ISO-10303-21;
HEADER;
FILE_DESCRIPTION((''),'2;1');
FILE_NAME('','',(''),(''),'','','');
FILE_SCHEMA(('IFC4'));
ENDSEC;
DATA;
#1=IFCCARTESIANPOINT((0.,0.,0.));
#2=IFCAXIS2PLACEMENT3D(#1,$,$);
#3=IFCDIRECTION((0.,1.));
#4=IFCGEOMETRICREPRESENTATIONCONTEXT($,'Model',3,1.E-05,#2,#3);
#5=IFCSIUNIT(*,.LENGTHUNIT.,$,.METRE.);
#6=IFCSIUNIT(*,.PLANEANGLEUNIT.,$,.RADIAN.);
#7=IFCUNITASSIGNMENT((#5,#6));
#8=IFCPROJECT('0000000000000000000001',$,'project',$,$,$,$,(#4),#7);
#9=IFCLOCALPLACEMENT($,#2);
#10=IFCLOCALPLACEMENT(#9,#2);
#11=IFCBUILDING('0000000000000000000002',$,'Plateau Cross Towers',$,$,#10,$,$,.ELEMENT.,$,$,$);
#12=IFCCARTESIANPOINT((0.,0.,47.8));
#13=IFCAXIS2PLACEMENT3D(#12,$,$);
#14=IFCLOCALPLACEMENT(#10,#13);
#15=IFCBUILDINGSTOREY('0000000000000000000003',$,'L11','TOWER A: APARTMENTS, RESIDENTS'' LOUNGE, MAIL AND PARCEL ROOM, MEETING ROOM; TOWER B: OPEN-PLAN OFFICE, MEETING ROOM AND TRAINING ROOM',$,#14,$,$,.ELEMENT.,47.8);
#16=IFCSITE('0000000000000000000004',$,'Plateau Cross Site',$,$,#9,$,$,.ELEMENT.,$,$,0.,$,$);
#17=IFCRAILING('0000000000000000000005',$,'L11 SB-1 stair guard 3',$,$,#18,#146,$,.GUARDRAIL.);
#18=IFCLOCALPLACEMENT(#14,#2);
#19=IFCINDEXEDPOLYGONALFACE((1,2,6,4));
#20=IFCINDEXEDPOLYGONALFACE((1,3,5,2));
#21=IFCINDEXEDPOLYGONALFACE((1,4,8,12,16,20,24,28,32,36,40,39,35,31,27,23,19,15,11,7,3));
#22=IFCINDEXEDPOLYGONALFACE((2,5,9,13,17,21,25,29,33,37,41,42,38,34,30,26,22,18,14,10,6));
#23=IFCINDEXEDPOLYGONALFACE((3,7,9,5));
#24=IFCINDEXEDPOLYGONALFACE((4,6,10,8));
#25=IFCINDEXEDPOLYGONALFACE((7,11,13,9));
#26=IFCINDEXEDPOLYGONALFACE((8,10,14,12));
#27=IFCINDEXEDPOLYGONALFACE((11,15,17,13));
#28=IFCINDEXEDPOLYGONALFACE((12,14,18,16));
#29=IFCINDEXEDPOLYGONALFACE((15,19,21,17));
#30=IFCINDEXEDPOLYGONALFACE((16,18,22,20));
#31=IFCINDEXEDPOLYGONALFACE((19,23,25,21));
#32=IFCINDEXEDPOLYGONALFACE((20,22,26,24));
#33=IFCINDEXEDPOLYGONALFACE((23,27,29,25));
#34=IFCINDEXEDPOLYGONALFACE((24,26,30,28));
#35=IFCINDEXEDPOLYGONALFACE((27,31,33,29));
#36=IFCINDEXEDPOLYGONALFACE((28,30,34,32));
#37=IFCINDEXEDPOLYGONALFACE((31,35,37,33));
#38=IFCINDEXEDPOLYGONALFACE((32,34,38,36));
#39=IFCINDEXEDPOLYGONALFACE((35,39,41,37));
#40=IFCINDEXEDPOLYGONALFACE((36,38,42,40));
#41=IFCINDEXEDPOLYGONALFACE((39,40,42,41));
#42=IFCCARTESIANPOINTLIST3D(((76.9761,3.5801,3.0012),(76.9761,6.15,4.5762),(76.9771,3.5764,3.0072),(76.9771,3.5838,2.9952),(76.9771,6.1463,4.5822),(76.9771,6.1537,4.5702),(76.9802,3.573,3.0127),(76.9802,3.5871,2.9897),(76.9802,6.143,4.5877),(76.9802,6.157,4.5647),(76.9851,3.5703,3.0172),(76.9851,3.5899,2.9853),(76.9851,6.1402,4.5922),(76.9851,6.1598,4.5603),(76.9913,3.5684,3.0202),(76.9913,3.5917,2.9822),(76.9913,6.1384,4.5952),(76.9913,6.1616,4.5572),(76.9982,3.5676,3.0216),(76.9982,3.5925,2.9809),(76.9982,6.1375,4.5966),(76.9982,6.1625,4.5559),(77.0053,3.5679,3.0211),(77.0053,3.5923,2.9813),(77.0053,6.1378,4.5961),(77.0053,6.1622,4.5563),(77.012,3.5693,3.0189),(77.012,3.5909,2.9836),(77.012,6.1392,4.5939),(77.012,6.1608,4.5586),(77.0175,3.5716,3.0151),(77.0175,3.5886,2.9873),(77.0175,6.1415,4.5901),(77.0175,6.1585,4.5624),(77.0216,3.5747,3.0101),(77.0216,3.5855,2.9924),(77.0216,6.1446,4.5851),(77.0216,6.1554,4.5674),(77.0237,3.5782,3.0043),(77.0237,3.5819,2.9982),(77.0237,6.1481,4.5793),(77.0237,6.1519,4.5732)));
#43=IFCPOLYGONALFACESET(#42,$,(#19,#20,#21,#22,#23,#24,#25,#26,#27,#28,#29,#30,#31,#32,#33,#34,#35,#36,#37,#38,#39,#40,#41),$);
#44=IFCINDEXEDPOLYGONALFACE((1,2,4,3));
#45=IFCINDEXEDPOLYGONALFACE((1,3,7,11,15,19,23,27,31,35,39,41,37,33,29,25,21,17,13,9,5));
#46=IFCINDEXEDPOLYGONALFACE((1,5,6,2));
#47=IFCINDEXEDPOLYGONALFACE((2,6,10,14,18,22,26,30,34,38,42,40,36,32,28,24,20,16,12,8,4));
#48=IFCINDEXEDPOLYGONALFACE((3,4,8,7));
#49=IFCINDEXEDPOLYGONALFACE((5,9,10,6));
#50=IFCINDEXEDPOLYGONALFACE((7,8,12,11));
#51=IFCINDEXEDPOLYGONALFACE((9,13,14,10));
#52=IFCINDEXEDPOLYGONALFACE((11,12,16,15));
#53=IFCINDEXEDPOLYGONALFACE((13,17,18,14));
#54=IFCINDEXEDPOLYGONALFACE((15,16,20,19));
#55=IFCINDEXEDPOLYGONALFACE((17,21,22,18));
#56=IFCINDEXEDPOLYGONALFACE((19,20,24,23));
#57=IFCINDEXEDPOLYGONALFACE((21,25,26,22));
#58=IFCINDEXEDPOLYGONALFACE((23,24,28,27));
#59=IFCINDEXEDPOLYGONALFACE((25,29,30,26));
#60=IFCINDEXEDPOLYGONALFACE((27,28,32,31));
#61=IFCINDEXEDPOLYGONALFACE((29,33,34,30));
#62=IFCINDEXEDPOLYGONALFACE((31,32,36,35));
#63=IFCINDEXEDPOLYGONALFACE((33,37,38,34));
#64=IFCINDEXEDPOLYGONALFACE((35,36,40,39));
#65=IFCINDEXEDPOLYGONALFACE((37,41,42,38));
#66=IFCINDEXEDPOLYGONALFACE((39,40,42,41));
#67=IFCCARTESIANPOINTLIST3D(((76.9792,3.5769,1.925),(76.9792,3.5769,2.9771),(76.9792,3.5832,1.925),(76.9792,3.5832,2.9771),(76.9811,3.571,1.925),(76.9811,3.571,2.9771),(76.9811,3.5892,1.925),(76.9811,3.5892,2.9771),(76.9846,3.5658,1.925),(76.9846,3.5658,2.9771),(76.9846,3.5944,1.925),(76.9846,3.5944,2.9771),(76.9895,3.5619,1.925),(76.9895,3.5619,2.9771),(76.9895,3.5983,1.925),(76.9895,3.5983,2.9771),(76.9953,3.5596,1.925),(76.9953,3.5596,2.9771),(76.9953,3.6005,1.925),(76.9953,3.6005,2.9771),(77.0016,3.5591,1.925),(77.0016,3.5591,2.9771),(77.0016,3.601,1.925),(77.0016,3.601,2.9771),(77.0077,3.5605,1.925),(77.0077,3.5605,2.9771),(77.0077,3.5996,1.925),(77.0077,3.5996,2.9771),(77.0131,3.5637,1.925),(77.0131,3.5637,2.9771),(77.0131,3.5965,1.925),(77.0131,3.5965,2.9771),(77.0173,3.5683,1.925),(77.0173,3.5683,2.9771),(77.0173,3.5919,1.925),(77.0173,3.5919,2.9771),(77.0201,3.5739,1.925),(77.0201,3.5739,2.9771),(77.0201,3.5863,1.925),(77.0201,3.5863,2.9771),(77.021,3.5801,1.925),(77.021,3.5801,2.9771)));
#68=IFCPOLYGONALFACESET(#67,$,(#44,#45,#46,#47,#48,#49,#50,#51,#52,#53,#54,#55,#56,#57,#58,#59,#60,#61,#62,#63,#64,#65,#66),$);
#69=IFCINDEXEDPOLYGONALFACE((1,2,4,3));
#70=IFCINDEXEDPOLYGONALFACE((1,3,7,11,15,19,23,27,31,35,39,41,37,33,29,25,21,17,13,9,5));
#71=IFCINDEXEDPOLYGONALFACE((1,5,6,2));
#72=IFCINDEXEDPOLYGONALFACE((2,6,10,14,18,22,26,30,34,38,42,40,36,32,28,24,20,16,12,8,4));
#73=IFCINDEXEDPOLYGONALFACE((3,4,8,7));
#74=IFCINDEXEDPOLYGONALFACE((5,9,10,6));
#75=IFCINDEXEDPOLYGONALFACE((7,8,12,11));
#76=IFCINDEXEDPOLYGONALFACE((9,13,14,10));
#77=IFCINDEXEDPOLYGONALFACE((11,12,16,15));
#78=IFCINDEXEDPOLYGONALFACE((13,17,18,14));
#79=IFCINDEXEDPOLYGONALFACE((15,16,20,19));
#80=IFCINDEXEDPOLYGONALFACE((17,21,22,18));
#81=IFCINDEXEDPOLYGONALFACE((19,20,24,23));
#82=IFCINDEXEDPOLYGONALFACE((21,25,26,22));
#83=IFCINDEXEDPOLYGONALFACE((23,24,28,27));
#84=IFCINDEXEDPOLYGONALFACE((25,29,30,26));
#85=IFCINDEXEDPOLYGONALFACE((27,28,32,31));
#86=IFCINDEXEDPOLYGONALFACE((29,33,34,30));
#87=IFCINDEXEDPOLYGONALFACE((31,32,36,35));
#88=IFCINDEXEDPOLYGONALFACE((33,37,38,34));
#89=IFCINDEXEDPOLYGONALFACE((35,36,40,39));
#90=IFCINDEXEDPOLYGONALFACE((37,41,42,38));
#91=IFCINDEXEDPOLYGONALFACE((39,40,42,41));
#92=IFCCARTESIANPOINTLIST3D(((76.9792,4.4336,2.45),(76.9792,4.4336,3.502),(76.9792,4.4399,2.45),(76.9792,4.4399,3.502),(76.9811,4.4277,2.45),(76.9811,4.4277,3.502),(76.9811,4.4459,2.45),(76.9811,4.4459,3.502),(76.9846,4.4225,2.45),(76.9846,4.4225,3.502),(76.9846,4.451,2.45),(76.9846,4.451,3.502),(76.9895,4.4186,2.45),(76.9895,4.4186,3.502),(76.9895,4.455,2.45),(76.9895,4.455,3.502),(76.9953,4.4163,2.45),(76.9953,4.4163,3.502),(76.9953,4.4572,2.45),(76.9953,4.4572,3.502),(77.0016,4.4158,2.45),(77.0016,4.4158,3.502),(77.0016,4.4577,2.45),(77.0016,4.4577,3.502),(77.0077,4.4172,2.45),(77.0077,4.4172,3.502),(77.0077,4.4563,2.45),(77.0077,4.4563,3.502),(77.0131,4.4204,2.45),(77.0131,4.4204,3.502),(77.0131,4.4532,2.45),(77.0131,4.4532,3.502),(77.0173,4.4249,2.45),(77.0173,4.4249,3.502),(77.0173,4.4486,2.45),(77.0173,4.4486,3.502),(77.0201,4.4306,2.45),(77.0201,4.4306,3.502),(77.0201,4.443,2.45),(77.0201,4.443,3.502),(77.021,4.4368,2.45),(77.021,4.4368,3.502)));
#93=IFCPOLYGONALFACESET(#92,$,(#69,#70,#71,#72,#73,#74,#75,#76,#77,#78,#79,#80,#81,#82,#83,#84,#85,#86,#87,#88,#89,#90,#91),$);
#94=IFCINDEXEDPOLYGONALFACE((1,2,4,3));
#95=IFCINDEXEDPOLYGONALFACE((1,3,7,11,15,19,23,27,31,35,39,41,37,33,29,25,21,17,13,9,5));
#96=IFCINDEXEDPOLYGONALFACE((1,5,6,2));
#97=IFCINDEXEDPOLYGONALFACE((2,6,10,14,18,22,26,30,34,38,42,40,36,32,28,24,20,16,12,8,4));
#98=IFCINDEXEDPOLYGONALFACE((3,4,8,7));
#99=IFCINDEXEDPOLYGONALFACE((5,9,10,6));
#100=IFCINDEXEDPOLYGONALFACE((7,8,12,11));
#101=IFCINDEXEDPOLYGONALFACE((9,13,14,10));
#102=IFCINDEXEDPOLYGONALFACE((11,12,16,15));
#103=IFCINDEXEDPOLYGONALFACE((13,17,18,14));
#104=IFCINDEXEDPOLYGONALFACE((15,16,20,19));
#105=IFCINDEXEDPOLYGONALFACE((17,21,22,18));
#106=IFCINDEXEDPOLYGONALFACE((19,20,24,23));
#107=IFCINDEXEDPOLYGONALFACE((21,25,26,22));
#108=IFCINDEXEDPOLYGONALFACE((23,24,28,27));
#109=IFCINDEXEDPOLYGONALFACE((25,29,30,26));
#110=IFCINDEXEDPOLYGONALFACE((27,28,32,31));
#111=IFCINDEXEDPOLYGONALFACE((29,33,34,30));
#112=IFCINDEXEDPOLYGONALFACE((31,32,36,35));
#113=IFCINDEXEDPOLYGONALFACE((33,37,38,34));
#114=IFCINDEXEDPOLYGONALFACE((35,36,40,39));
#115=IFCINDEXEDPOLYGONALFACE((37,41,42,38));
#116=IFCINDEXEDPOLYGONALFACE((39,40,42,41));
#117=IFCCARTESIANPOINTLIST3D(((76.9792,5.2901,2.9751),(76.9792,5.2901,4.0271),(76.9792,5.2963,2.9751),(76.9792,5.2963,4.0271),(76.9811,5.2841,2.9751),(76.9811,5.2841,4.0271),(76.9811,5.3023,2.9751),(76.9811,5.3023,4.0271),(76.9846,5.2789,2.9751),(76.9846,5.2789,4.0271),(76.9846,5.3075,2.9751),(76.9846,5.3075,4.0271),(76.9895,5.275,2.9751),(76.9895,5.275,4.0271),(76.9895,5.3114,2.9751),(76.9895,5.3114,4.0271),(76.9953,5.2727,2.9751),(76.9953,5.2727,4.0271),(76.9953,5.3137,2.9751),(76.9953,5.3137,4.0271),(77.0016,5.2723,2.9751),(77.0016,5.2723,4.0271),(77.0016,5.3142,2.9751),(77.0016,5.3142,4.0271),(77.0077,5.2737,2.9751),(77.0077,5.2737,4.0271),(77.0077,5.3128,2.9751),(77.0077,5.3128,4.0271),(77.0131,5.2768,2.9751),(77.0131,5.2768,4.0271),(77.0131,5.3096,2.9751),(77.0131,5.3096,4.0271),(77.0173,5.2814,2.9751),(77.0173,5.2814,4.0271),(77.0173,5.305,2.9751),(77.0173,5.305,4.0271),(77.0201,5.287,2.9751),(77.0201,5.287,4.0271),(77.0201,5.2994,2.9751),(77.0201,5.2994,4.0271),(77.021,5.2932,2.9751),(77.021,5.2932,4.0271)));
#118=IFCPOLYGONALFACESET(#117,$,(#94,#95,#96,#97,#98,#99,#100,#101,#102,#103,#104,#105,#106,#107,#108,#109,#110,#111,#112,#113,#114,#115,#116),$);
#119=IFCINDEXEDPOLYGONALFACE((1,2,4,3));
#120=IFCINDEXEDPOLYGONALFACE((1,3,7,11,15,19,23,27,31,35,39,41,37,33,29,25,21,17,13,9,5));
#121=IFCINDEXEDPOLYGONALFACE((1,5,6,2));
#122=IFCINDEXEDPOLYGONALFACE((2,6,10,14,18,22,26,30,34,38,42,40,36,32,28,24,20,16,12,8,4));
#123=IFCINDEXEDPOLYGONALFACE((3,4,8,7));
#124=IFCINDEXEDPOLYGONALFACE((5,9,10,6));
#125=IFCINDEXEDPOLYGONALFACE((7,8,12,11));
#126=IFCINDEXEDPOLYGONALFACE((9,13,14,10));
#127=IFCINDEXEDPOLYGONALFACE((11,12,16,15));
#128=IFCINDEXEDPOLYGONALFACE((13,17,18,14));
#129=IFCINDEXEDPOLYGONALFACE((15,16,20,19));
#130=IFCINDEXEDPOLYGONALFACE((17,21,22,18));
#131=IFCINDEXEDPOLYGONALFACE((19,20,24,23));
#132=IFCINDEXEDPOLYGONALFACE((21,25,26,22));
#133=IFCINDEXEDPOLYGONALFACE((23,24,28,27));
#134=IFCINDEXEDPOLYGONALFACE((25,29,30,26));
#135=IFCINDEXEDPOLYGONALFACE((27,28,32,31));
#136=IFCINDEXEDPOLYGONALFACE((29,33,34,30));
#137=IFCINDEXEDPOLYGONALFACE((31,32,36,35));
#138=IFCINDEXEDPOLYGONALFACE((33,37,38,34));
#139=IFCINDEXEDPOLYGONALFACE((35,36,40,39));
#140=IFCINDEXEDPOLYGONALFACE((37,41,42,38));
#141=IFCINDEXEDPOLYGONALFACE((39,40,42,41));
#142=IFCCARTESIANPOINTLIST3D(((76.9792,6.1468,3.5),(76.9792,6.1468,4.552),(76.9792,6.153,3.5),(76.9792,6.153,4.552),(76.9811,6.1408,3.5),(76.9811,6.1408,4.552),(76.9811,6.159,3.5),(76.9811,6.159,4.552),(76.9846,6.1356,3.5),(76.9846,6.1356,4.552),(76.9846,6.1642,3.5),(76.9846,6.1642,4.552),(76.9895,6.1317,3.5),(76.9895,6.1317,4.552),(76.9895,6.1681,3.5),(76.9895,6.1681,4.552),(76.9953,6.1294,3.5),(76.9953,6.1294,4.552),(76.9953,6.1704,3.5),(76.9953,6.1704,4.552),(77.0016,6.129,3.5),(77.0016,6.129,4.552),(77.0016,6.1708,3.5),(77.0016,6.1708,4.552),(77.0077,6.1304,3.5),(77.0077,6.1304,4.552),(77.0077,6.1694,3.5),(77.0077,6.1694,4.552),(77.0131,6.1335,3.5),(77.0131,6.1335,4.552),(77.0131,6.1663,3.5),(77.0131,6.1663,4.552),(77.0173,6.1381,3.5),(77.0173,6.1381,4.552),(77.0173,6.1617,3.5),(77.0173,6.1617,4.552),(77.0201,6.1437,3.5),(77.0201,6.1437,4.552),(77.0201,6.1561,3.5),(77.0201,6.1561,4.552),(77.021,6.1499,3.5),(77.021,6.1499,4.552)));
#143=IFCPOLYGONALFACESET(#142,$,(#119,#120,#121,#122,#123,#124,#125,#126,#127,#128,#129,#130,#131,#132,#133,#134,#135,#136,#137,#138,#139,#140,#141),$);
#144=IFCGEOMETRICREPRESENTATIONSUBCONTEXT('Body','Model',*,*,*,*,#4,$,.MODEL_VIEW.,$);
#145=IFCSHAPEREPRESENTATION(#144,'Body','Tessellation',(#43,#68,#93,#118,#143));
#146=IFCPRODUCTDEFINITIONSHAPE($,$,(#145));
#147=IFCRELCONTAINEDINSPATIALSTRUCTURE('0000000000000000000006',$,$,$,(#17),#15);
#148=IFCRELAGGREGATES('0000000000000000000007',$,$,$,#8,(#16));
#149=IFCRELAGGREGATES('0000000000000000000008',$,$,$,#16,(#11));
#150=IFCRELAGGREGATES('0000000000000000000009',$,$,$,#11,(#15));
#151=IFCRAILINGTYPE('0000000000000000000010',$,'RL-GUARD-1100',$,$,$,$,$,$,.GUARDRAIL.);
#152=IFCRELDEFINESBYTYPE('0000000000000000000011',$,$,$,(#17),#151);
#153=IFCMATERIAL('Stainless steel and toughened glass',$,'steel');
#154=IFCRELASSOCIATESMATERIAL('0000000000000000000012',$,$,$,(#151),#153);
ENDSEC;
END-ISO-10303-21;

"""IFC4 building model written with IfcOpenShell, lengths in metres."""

from ifc_helpers import new_model, si_unit, direction, frame, origin, origin_2d, place, context, subcontext, project, spatial, circle, extrude, material, type_object, element, save


model = new_model("IFC4")

# Units and contexts
model_context = context("Model", 3, precision=1e-05, world=origin(), true_north=direction((0.0, 1.0)))
body_context = subcontext(model_context, "Body", "Model", "MODEL_VIEW")
ifc_project = project(units=[si_unit("LENGTHUNIT", "METRE"), si_unit("PLANEANGLEUNIT", "RADIAN")], contexts=[model_context])

# Site, building, storey
site_placement = place(None, origin())
site = spatial("IfcSite", under=ifc_project, at=site_placement, Name="Plateau Cross Site", CompositionType="ELEMENT", RefElevation=0.0)
building_placement = place(site_placement, origin())
building = spatial("IfcBuilding", under=site, at=building_placement, Name="Plateau Cross Towers", CompositionType="ELEMENT")
storey_placement = place(building_placement, frame((0.0, 0.0, 47.8)))
storey = spatial("IfcBuildingStorey", under=building, at=storey_placement, Name="L11", Description="TOWER A: APARTMENTS, RESIDENTS' LOUNGE, MAIL AND PARCEL ROOM, MEETING ROOM; TOWER B: OPEN-PLAN OFFICE, MEETING ROOM AND TRAINING ROOM", CompositionType="ELEMENT", Elevation=47.8)

# Railing
ifc_material_1 = material(Name="Stainless steel and toughened glass", Category="steel")
railing_type_1 = type_object("IfcRailingType", Name="RL-GUARD-1100", PredefinedType="GUARDRAIL", material=ifc_material_1)
railing_1_placement = place(storey_placement, frame((77.0, 3.5801, 1.925)))
element("IfcRailing", 1, at=railing_1_placement, inside=storey, type_object=railing_type_1, Name="L11 SB-1 stair guard 3", PredefinedType="GUARDRAIL", context=body_context, shape_type="SweptSolid", body=[
    extrude(circle(Radius=0.0239, at=origin_2d()), frame((0.0, 0.0, 1.0762), z_axis=(0.0, 0.852616, 0.522537), x_axis=(-1.0, 0.0, 0.0)), (0.0, 0.0, 1.0), 3.0142),
    extrude(circle(Radius=0.021, at=origin_2d()), origin(), (0.0, 0.0, 1.0), 1.052),
    extrude(circle(Radius=0.021, at=origin_2d()), frame((0.0, 0.8567, 0.5249)), (0.0, 0.0, 1.0), 1.052),
    extrude(circle(Radius=0.021, at=origin_2d()), frame((0.0, 1.7131, 1.05)), (0.0, 0.0, 1.0), 1.052),
    extrude(circle(Radius=0.021, at=origin_2d()), frame((0.0, 2.5698, 1.575)), (0.0, 0.0, 1.0), 1.052),
])

save(model, "model.ifc")
